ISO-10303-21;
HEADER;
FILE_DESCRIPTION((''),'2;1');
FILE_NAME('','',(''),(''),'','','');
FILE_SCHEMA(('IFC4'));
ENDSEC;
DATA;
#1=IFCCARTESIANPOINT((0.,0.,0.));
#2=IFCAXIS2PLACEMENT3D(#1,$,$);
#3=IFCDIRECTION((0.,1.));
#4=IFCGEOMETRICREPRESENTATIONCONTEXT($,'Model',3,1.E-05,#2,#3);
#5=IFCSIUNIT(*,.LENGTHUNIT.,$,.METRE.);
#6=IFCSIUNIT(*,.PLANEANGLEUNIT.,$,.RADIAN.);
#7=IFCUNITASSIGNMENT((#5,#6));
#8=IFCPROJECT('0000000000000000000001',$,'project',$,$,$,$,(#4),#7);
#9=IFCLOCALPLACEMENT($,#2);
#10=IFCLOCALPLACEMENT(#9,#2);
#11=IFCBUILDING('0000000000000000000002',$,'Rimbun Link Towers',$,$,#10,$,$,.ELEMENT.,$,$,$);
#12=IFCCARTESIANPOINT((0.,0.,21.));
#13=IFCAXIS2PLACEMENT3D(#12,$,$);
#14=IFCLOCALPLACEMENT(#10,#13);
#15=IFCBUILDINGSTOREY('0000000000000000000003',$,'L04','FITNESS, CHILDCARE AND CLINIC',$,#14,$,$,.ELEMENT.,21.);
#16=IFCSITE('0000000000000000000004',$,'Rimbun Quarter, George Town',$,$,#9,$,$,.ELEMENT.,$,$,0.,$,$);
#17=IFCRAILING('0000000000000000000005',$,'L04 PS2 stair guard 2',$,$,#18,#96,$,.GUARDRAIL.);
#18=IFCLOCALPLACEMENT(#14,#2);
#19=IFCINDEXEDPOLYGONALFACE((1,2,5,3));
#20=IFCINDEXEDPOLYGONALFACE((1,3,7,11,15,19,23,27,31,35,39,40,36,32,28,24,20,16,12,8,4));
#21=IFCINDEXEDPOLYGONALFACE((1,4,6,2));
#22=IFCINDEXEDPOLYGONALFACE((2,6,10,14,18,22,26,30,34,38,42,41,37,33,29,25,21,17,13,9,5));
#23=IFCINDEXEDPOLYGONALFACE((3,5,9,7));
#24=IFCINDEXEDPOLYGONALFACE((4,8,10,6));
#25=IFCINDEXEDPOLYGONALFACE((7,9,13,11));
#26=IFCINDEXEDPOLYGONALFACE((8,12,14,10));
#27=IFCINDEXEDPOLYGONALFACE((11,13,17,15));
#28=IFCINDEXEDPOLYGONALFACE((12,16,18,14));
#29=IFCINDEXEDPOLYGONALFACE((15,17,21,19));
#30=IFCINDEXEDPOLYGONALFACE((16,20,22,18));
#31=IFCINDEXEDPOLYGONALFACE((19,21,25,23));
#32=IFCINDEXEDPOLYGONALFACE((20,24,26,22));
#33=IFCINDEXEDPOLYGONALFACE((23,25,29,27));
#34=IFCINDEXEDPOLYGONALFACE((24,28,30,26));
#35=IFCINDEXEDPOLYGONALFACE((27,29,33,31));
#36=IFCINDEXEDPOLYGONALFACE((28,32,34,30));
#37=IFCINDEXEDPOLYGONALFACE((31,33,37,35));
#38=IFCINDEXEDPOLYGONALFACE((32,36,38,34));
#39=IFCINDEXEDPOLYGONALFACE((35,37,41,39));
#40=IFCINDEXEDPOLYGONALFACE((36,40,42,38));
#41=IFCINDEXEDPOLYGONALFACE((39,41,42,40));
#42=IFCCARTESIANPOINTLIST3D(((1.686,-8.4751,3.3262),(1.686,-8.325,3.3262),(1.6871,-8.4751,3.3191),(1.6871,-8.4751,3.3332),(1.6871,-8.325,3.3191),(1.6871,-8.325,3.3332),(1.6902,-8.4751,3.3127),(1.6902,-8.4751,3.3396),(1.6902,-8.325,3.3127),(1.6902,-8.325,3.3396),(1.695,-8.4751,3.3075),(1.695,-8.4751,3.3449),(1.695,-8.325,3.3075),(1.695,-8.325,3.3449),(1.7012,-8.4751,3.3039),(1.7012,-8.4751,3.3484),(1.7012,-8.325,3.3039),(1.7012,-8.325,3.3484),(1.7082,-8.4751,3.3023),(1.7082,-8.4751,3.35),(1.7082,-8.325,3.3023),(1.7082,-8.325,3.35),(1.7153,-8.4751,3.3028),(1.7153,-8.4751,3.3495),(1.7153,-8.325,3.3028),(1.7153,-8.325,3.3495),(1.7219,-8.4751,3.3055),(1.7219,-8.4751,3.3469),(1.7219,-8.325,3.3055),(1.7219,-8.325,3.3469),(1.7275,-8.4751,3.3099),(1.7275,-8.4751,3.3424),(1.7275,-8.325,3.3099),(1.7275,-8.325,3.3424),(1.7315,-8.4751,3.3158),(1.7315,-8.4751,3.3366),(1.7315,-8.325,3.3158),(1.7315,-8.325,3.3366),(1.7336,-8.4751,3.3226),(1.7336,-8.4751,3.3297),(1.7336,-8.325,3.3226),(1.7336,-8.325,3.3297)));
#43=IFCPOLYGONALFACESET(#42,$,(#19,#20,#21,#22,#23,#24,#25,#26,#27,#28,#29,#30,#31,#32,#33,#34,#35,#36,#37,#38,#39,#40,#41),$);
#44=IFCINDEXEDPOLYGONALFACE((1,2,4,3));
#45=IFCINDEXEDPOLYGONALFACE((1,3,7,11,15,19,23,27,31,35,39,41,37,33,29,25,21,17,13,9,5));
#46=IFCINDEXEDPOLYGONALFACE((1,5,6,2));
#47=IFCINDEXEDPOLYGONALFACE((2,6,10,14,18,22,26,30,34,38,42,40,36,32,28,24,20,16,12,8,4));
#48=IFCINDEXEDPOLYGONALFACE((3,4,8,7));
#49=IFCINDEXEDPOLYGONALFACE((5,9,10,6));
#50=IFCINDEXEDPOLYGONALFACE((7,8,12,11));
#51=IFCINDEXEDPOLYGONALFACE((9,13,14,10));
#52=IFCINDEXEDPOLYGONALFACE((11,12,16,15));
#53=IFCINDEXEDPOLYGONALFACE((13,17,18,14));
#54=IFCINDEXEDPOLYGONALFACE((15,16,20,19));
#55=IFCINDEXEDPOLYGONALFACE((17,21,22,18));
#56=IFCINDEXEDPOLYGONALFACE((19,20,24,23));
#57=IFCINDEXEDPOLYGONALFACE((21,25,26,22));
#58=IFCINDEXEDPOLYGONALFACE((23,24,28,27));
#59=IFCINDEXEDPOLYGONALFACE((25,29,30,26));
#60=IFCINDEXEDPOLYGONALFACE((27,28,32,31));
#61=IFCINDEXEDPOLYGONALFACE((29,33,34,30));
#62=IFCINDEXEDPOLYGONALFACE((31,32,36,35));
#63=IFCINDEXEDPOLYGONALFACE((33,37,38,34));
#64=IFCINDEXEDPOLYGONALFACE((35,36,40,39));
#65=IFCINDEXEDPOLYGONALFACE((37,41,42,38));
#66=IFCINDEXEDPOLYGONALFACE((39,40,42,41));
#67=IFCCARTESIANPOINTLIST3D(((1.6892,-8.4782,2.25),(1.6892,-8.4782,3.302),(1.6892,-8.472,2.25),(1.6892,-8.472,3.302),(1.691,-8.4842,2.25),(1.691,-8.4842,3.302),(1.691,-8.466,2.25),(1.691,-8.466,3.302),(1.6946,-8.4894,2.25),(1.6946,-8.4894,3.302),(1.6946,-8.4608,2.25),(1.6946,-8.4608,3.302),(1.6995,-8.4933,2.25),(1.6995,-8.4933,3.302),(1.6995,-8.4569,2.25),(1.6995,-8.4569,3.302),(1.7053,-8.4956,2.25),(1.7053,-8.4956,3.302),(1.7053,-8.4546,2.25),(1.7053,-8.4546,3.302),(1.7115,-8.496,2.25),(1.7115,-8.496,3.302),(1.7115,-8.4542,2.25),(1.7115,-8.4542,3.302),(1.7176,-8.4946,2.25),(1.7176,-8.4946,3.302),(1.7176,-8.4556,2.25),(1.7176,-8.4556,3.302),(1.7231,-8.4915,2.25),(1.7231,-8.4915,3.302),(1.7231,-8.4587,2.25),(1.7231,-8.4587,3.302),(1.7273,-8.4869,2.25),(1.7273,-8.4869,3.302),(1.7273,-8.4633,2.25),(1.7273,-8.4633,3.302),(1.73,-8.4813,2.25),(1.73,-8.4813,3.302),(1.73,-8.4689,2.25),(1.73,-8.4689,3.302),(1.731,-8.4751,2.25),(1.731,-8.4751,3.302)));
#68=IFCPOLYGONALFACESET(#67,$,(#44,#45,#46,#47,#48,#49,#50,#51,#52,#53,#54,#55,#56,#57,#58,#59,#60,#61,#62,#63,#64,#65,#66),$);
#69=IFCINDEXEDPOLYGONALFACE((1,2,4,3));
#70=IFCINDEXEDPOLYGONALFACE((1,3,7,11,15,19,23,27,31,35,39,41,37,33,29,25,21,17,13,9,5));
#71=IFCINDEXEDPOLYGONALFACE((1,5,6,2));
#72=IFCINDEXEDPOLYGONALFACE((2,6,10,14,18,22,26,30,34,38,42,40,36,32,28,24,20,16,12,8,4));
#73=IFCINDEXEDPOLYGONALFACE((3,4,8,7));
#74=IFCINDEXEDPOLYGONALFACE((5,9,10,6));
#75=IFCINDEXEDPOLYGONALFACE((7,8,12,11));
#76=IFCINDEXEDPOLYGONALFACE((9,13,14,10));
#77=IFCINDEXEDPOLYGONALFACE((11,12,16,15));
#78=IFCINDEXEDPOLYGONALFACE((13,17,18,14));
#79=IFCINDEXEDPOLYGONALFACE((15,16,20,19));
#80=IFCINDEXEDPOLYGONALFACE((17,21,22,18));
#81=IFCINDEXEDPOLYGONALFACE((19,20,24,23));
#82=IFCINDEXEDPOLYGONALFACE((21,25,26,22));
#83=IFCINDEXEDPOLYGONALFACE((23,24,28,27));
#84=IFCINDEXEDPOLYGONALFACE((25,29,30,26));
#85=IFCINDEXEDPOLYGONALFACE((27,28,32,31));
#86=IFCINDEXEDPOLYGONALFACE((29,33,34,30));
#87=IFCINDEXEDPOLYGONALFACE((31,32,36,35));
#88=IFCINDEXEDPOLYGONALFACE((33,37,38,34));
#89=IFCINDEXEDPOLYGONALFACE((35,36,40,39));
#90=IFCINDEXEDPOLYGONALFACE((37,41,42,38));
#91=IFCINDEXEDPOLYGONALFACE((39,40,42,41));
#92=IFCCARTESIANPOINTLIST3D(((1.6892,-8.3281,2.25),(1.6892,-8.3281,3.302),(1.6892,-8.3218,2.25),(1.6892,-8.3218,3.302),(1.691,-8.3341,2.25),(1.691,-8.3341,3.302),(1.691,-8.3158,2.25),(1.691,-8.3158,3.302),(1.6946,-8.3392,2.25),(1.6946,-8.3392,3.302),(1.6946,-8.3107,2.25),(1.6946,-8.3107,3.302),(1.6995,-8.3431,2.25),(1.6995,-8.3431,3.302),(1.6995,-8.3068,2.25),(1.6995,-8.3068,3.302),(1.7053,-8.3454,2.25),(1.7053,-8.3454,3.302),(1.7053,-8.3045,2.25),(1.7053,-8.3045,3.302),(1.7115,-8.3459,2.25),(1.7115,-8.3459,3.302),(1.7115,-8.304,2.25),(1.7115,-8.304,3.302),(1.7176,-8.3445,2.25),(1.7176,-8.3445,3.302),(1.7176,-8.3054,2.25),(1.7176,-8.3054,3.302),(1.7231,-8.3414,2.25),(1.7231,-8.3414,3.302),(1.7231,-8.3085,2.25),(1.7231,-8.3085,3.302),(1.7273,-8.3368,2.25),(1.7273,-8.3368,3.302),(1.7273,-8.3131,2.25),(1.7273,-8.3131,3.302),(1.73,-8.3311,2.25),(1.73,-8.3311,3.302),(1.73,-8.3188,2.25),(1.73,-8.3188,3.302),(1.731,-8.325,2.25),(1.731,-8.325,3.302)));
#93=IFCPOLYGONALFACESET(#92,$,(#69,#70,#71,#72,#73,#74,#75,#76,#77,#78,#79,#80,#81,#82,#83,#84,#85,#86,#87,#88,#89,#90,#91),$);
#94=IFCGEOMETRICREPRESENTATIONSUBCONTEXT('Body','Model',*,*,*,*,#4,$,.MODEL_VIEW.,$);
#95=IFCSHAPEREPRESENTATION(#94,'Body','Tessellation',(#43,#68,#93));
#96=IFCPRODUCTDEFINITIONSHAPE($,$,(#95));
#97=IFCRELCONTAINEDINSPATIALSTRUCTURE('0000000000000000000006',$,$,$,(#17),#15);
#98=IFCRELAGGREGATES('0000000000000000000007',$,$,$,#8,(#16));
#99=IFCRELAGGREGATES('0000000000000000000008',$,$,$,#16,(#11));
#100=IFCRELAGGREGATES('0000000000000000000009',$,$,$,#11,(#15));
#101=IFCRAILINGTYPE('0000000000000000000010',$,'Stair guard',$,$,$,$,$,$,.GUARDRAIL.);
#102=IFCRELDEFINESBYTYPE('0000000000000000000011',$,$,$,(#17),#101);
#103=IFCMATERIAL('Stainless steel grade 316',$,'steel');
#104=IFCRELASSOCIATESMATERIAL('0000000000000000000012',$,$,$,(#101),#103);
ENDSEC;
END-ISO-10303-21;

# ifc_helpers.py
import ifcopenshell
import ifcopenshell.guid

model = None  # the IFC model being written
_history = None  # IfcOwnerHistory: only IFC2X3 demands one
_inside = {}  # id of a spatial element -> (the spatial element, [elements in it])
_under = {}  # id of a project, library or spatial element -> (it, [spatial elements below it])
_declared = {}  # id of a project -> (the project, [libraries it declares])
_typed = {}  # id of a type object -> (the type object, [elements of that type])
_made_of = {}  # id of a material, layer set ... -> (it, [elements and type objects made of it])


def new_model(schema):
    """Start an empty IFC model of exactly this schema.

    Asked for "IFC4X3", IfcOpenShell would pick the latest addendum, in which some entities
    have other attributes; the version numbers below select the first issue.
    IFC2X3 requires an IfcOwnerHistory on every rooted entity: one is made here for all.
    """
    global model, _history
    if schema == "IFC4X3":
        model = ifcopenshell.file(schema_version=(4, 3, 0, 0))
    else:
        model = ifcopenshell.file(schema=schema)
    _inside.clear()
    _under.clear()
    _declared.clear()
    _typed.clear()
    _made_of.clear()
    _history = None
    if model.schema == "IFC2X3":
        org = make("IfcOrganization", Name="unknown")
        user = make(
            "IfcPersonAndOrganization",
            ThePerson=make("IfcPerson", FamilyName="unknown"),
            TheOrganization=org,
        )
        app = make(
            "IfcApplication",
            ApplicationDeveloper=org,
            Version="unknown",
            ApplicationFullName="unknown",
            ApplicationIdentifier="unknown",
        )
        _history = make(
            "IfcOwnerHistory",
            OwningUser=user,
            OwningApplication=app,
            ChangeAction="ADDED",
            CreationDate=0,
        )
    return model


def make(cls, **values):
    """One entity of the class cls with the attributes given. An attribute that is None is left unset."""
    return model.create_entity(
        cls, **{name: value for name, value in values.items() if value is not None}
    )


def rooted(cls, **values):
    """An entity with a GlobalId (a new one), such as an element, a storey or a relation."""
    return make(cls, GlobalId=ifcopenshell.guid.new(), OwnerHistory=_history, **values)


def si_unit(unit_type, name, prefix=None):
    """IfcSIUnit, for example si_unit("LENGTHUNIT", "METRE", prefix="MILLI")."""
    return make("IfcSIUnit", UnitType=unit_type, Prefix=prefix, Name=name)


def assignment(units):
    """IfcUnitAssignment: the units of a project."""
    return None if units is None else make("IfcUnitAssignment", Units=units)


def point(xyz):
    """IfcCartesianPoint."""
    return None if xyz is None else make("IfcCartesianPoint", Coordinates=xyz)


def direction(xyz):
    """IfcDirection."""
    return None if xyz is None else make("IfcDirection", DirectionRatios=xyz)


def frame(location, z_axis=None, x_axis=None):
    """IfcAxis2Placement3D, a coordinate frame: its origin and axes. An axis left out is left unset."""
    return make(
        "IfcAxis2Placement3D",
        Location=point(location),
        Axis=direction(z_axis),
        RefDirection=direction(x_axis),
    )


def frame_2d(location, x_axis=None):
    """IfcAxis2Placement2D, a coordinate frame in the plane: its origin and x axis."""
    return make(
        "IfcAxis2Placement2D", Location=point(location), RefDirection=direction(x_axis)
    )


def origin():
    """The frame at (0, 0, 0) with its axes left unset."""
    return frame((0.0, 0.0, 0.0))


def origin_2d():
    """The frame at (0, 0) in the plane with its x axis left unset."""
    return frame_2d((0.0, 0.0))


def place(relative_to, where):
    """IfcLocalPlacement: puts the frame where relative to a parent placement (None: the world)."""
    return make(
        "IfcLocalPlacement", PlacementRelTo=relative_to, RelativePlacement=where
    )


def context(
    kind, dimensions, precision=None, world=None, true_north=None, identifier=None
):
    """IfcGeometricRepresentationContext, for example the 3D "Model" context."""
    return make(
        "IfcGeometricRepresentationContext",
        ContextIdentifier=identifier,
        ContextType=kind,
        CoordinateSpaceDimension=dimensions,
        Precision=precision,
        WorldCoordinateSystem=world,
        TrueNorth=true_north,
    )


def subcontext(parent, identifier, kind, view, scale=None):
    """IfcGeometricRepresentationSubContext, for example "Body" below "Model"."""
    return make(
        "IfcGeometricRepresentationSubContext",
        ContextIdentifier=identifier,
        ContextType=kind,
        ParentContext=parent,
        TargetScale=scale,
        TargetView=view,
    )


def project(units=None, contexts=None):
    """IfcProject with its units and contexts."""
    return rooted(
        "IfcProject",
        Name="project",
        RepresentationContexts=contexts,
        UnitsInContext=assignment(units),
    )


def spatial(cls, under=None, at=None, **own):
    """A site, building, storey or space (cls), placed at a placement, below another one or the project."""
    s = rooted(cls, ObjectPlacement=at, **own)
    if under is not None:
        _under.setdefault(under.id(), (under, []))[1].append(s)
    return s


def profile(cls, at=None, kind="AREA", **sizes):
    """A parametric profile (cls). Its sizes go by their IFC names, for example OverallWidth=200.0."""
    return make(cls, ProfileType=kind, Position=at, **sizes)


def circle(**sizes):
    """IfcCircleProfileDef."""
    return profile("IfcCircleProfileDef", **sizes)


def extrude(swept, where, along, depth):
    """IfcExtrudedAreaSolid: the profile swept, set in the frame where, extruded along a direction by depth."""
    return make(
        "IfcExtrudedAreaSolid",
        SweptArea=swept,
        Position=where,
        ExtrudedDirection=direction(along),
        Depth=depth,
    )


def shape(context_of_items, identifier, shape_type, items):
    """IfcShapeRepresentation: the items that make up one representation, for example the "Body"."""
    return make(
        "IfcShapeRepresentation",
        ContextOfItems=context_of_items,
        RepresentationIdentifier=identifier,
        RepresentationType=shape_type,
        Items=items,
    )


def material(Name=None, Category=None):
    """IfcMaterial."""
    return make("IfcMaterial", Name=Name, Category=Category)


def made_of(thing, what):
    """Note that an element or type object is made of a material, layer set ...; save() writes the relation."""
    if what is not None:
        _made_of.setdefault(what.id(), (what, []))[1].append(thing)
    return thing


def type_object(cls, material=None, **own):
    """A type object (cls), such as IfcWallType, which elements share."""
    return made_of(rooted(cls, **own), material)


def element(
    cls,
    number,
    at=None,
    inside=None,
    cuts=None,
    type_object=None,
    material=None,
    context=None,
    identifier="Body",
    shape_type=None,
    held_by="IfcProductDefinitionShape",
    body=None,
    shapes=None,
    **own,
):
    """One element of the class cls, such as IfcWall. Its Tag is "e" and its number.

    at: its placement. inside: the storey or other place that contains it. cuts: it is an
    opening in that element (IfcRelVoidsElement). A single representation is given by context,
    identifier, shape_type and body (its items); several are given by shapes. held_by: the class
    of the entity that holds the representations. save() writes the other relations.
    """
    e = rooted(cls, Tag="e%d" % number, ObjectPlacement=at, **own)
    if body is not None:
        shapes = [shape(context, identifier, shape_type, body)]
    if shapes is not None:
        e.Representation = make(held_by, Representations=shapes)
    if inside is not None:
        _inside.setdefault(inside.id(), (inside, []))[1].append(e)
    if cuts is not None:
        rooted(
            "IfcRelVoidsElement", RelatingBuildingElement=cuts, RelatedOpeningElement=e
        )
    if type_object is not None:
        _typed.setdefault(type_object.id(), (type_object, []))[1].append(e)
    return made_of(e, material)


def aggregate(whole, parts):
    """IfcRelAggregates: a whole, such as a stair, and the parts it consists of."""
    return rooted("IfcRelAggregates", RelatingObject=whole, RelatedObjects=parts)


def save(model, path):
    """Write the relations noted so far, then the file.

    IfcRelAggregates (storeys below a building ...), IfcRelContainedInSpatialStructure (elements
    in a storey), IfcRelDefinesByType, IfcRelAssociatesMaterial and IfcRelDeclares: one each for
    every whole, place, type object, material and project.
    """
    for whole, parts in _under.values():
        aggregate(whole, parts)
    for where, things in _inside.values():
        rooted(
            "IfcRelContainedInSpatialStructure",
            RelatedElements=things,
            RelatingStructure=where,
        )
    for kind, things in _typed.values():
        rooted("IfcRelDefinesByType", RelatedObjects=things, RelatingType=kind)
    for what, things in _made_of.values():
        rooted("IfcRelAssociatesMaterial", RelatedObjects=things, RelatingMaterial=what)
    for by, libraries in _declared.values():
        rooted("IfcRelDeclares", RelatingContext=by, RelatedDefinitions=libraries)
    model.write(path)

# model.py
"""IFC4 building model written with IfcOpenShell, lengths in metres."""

from ifc_helpers import new_model, si_unit, direction, frame, origin, origin_2d, place, context, subcontext, project, spatial, circle, extrude, material, type_object, element, save


model = new_model("IFC4")

# Units and contexts
model_context = context("Model", 3, precision=1e-05, world=origin(), true_north=direction((0.0, 1.0)))
body_context = subcontext(model_context, "Body", "Model", "MODEL_VIEW")
ifc_project = project(units=[si_unit("LENGTHUNIT", "METRE"), si_unit("PLANEANGLEUNIT", "RADIAN")], contexts=[model_context])

# Site, building, storey
site_placement = place(None, origin())
site = spatial("IfcSite", under=ifc_project, at=site_placement, Name="Rimbun Quarter, George Town", CompositionType="ELEMENT", RefElevation=0.0)
building_placement = place(site_placement, origin())
building = spatial("IfcBuilding", under=site, at=building_placement, Name="Rimbun Link Towers", CompositionType="ELEMENT")
storey_placement = place(building_placement, frame((0.0, 0.0, 21.0)))
storey = spatial("IfcBuildingStorey", under=building, at=storey_placement, Name="L04", Description="FITNESS, CHILDCARE AND CLINIC", CompositionType="ELEMENT", Elevation=21.0)

# Railing
ifc_material_1 = material(Name="Stainless steel grade 316", Category="steel")
railing_type_1 = type_object("IfcRailingType", Name="Stair guard", PredefinedType="GUARDRAIL", material=ifc_material_1)
railing_1_placement = place(storey_placement, frame((1.71, -8.4751, 2.25)))
element("IfcRailing", 1, at=railing_1_placement, inside=storey, type_object=railing_type_1, Name="L04 PS2 stair guard 2", PredefinedType="GUARDRAIL", context=body_context, shape_type="SweptSolid", body=[
    extrude(circle(Radius=0.0239, at=origin_2d()), frame((0.0, 0.0, 1.0762), z_axis=(0.0, 1.0, 0.0), x_axis=(-1.0, 0.0, 0.0)), (0.0, 0.0, 1.0), 0.1501),
    extrude(circle(Radius=0.021, at=origin_2d()), origin(), (0.0, 0.0, 1.0), 1.052),
    extrude(circle(Radius=0.021, at=origin_2d()), frame((0.0, 0.1501, 0.0)), (0.0, 0.0, 1.0), 1.052),
])

save(model, "model.ifc")
